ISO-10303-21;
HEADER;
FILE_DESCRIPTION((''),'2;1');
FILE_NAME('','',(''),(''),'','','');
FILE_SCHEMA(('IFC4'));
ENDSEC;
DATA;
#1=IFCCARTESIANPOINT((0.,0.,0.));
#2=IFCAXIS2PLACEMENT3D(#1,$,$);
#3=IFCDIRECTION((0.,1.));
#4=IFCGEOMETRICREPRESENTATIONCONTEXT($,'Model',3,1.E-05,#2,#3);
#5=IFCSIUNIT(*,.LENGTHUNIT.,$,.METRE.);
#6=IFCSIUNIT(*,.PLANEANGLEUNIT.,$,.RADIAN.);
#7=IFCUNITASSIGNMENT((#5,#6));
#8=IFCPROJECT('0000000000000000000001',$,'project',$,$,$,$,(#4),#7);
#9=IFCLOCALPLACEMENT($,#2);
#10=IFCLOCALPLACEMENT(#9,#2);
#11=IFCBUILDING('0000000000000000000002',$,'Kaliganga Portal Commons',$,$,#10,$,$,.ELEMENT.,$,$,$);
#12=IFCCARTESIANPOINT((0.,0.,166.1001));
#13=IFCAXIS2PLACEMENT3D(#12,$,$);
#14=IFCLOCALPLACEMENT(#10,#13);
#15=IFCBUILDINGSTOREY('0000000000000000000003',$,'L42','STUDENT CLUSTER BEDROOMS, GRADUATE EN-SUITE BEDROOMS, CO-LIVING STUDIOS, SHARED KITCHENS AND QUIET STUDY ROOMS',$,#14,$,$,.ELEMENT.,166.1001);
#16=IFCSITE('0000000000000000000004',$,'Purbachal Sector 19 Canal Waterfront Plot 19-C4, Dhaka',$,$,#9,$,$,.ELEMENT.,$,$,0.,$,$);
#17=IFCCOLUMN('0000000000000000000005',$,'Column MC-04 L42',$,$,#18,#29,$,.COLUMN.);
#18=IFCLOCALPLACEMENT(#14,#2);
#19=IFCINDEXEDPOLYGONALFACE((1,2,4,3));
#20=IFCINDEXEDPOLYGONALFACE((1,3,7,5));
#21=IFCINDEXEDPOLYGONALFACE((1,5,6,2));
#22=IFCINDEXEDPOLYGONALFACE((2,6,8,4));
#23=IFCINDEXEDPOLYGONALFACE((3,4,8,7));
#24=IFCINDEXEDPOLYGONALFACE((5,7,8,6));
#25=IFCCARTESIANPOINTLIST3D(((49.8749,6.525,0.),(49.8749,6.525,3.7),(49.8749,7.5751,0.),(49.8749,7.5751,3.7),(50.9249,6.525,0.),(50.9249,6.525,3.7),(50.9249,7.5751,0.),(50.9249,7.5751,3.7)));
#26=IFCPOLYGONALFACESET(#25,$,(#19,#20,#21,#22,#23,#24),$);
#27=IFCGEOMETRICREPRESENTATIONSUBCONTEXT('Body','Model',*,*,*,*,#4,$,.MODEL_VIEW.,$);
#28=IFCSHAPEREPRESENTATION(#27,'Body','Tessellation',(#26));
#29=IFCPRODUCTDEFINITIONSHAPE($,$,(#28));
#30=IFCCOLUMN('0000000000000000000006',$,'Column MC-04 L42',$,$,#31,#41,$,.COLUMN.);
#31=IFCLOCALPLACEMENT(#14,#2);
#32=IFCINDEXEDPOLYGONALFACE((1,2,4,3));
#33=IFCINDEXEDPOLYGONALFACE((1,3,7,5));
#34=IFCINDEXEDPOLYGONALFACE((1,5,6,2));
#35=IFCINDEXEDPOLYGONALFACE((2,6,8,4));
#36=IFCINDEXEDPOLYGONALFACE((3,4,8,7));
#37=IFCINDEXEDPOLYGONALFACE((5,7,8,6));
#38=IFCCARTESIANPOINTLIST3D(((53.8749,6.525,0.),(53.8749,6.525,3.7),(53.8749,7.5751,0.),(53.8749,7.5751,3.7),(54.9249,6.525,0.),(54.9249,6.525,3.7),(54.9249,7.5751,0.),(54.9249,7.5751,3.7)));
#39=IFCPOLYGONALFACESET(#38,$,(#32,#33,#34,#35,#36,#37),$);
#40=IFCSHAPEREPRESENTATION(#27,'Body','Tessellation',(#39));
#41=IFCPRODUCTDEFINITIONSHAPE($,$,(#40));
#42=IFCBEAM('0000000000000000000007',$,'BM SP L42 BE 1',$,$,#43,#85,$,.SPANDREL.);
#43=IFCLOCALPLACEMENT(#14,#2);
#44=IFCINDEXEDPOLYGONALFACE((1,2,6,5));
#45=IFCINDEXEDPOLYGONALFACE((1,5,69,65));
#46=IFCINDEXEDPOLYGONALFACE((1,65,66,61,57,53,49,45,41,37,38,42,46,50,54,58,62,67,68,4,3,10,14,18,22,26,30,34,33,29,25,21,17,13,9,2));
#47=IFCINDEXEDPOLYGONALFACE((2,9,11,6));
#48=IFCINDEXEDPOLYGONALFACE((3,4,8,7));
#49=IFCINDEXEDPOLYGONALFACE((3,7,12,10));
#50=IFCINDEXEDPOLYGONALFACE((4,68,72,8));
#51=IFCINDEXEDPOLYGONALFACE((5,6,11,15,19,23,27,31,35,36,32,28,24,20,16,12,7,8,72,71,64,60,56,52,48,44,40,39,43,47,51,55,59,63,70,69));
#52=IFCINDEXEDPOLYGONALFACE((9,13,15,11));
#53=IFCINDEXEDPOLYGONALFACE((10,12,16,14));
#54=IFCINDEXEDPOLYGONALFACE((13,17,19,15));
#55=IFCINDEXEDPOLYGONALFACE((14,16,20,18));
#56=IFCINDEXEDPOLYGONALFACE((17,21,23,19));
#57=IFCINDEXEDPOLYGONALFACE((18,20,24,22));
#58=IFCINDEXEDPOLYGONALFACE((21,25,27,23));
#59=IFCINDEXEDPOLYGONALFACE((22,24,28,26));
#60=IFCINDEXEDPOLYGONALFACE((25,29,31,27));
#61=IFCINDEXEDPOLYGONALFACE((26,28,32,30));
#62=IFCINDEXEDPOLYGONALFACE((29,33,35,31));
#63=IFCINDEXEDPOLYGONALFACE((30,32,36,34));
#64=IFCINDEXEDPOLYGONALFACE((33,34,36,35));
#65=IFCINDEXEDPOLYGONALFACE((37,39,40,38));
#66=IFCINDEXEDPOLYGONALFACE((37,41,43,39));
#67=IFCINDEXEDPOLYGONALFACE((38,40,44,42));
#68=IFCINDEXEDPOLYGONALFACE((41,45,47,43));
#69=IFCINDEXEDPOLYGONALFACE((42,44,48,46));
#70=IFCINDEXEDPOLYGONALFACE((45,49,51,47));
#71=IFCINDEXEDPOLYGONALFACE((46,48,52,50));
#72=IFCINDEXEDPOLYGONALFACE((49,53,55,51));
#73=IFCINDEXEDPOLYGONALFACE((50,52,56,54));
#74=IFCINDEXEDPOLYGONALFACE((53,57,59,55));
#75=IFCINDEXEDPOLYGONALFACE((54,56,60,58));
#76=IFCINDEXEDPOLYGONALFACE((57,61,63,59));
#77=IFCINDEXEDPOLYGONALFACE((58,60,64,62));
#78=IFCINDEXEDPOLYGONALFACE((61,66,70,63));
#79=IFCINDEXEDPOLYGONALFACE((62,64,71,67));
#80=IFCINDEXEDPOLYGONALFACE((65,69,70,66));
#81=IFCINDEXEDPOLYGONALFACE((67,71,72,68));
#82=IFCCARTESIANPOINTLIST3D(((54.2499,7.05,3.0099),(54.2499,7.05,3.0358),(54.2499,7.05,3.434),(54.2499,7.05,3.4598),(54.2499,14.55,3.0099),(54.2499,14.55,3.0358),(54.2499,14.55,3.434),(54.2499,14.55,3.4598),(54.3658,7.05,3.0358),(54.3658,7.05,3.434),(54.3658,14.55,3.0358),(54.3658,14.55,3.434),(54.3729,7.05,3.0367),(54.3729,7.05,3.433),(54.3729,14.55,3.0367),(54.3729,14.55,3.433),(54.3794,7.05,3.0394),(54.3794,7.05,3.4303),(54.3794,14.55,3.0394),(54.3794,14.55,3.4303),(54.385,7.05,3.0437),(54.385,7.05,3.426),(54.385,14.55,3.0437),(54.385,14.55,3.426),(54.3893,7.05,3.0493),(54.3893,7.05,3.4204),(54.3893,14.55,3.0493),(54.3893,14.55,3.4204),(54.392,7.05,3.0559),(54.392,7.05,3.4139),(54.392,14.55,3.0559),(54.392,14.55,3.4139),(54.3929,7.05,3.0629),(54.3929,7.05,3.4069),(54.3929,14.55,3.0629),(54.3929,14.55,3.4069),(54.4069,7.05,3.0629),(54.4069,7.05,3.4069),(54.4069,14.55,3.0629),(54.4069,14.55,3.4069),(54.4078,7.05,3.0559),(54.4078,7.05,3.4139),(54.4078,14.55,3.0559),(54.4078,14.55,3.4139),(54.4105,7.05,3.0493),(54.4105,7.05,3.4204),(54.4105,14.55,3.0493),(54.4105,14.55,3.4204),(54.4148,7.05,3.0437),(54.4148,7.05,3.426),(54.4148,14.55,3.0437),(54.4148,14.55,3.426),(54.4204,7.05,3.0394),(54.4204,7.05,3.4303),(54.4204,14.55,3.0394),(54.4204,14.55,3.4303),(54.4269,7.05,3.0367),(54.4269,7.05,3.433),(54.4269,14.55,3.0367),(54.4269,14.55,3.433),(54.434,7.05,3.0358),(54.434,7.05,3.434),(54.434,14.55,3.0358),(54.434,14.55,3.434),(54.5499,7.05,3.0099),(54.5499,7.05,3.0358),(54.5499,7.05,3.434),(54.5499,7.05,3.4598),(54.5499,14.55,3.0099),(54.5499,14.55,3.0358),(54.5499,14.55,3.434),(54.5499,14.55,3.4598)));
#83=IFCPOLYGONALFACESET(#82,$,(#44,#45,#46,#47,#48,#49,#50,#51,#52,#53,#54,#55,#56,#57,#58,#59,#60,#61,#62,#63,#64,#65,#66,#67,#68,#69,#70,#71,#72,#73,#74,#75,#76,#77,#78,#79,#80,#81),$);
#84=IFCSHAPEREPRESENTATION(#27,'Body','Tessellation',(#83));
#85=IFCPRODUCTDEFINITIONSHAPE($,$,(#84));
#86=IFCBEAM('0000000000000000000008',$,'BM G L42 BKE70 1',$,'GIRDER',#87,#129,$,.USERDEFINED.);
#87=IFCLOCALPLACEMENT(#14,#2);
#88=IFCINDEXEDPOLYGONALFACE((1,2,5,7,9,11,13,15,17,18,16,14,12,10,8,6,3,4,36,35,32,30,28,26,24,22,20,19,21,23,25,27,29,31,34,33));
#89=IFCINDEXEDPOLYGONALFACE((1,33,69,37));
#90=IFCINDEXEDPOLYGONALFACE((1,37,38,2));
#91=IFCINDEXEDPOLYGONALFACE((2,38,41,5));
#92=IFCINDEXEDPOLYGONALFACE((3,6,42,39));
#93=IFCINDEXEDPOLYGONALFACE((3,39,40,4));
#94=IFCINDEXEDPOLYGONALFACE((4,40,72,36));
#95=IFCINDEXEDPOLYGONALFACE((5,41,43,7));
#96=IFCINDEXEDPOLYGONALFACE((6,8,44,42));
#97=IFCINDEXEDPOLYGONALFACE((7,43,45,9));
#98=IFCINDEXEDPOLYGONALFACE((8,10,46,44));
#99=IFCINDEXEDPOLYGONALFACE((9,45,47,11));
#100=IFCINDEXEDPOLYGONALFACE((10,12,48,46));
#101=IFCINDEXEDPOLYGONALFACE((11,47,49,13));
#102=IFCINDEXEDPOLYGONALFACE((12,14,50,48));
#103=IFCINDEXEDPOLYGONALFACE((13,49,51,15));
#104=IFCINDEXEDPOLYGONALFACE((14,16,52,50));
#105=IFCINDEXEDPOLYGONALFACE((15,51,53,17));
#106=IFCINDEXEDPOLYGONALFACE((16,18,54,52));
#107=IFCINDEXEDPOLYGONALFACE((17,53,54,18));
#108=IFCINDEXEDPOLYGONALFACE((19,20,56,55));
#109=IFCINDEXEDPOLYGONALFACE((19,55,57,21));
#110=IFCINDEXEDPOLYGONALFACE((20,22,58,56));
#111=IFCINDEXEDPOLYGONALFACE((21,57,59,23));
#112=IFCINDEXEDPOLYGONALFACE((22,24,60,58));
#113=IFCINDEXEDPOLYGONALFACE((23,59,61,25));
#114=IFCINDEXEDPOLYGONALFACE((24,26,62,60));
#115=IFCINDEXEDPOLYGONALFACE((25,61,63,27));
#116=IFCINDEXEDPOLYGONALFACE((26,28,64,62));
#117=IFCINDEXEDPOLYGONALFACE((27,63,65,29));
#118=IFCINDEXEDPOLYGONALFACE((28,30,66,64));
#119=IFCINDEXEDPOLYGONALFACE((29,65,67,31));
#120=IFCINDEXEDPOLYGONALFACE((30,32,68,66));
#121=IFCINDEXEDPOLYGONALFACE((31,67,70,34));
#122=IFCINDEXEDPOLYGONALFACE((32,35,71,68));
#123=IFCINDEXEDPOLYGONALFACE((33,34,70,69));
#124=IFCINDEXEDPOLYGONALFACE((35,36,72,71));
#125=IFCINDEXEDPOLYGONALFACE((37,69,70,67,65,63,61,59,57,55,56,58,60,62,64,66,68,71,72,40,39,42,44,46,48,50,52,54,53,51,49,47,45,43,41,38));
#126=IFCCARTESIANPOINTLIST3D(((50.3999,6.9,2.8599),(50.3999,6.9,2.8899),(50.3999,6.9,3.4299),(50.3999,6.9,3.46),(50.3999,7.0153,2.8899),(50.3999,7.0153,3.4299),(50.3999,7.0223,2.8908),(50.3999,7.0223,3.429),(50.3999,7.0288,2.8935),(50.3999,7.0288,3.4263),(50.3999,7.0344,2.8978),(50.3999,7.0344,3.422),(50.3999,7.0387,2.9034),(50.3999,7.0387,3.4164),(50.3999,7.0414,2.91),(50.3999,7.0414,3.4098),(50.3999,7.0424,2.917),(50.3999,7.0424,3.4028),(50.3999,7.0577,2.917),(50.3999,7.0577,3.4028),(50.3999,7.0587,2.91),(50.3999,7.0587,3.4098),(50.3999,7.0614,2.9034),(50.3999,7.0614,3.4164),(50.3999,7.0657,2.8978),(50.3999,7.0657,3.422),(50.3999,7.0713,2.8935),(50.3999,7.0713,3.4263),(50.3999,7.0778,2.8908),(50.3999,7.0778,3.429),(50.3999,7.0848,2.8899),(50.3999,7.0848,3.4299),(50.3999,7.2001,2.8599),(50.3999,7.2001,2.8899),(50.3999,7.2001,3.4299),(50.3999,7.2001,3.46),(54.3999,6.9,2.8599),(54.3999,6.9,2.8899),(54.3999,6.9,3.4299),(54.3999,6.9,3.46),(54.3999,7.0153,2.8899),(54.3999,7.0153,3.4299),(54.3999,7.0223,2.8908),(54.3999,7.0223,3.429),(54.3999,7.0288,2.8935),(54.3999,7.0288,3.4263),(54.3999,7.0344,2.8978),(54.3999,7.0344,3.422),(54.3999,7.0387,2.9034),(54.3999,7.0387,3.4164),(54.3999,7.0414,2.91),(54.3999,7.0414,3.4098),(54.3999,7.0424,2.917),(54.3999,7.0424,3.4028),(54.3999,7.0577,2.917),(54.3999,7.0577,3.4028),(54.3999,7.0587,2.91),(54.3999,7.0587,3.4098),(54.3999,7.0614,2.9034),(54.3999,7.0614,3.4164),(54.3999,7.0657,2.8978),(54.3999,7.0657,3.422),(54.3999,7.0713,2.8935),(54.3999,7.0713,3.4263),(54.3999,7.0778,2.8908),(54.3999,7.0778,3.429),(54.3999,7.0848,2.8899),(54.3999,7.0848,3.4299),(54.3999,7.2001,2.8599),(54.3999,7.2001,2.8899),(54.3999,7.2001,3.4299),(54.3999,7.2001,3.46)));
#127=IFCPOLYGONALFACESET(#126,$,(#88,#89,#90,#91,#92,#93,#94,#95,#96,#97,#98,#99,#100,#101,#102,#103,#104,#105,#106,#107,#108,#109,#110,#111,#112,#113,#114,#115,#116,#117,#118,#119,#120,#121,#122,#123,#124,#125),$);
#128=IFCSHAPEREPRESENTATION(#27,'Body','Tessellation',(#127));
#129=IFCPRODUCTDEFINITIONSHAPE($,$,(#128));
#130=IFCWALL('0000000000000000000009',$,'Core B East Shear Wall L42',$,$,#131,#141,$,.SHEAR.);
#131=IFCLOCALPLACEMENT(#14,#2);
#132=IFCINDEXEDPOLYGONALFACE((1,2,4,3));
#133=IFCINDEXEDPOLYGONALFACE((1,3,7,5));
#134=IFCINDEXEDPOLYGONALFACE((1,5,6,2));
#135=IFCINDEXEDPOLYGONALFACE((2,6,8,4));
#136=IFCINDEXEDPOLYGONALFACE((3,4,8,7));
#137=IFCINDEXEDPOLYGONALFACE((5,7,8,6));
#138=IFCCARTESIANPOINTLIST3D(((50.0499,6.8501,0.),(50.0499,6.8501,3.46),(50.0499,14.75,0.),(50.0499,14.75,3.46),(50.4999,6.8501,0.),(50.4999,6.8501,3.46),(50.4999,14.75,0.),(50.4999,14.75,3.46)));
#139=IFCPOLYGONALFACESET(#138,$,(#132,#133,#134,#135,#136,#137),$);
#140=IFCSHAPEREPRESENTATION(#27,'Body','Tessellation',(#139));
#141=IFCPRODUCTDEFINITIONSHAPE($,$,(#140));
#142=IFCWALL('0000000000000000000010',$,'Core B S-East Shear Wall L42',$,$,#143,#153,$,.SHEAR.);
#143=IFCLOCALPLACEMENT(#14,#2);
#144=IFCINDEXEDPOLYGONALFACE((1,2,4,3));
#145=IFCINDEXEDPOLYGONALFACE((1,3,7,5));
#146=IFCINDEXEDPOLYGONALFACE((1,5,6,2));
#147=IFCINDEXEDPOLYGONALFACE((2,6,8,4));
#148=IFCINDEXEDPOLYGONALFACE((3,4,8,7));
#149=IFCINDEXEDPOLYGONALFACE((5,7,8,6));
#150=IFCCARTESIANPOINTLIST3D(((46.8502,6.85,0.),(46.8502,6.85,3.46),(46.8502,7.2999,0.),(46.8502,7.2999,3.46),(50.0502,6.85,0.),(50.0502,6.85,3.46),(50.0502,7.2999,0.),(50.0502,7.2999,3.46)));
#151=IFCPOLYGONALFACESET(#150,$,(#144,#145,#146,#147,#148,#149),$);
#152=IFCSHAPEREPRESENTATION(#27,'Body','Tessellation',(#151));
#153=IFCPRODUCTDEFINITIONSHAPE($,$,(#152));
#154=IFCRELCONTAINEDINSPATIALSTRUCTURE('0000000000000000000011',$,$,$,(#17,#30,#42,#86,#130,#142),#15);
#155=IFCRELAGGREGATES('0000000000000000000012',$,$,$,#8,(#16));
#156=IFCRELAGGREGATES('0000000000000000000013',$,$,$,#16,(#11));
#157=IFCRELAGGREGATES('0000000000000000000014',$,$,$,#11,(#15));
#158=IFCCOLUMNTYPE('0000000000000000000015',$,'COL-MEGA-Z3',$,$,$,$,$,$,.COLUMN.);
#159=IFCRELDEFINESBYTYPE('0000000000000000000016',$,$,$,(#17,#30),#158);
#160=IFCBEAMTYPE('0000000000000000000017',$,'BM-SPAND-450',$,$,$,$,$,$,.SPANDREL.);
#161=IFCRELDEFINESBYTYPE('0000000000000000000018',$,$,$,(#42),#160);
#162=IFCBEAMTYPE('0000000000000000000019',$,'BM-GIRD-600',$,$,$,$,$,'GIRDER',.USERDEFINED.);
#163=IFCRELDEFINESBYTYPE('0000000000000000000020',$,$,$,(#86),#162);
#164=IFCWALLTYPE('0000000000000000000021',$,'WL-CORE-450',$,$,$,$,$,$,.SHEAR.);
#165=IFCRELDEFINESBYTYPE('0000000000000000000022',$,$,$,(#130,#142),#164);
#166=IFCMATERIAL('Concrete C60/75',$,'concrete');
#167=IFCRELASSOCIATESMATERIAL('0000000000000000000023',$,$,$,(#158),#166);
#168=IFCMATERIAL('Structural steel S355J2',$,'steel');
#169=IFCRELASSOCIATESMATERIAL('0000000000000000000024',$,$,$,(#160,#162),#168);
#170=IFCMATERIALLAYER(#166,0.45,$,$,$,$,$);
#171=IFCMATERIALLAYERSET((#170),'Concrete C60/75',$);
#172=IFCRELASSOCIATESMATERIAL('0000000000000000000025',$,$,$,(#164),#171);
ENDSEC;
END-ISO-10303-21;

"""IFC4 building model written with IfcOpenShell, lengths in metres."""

from ifc_helpers import new_model, si_unit, direction, frame, frame_2d, origin, origin_2d, place, context, subcontext, project, spatial, rectangle, i_section, extrude, source, transform, mapped, material, layer, layer_set, material_profile, profile_set, type_object, element, save


model = new_model("IFC4")

# Units and contexts
model_context = context("Model", 3, precision=1e-05, world=origin(), true_north=direction((0.0, 1.0)))
body_context = subcontext(model_context, "Body", "Model", "MODEL_VIEW")
ifc_project = project(units=[si_unit("LENGTHUNIT", "METRE"), si_unit("PLANEANGLEUNIT", "RADIAN")], contexts=[model_context])

# Site, building, storey
site_placement = place(None, origin())
site = spatial("IfcSite", under=ifc_project, at=site_placement, Name="Purbachal Sector 19 Canal Waterfront Plot 19-C4, Dhaka", CompositionType="ELEMENT", RefElevation=0.0)
building_placement = place(site_placement, origin())
building = spatial("IfcBuilding", under=site, at=building_placement, Name="Kaliganga Portal Commons", CompositionType="ELEMENT")
storey_placement = place(building_placement, frame((0.0, 0.0, 166.1001)))
storey = spatial("IfcBuildingStorey", under=building, at=storey_placement, Name="L42", Description="STUDENT CLUSTER BEDROOMS, GRADUATE EN-SUITE BEDROOMS, CO-LIVING STUDIOS, SHARED KITCHENS AND QUIET STUDY ROOMS", CompositionType="ELEMENT", Elevation=166.1001)

# Columns
ifc_material_1 = material(Name="Concrete C60/75", Category="concrete")
ifc_material_profile_1 = material_profile(ifc_material_1, rectangle(XDim=1.05, YDim=1.05, at=origin_2d()), Name="RC 1050x1050")
ifc_profile_set_1 = profile_set([ifc_material_profile_1], Name="Concrete C60/75")
column_type = type_object("IfcColumnType", Name="COL-MEGA-Z3", PredefinedType="COLUMN", material=ifc_profile_set_1)
shared_shape_1 = source(origin(), body_context, "Body", "SweptSolid", [
    extrude(rectangle(XDim=1.05, YDim=1.05, at=origin_2d()), origin(), (0.0, 0.0, 1.0), 3.7),
])
for number, where, z_axis, x_axis, name in (
    (1, (50.3999, 7.05, 0.0), (0.0, 0.0, 1.0), (1.0, 0.0, 0.0), "Column MC-04 L42"),
    (2, (54.3999, 7.05, 0.0), (0.0, 0.0, 1.0), (1.0, 0.0, 0.0), "Column MC-04 L42"),
):
    element("IfcColumn", number, at=place(storey_placement, frame(where, z_axis=z_axis, x_axis=x_axis)), inside=storey, type_object=column_type, Name=name, PredefinedType="COLUMN", context=body_context, shape_type="MappedRepresentation", body=[
        mapped(shared_shape_1, transform((0.0, 0.0, 0.0), x_axis=(1.0, 0.0, 0.0), y_axis=(0.0, 1.0, 0.0), z_axis=(0.0, 0.0, 1.0), scale=1.0)),
    ])

# Beams
ifc_material_2 = material(Name="Structural steel S355J2", Category="steel")
ifc_material_profile_2 = material_profile(ifc_material_2, i_section(OverallWidth=0.3, OverallDepth=0.45, WebThickness=0.0139, FlangeThickness=0.0259, FilletRadius=0.0271, at=origin_2d()), Name="HE 450 B")
ifc_profile_set_2 = profile_set([ifc_material_profile_2], Name="Structural steel S355J2 wide-flange")
beam_type_1 = type_object("IfcBeamType", Name="BM-SPAND-450", PredefinedType="SPANDREL", material=ifc_profile_set_2)
shared_shape_2 = source(origin(), body_context, "Body", "SweptSolid", [
    extrude(i_section(OverallWidth=0.3, OverallDepth=0.45, WebThickness=0.0139, FlangeThickness=0.0259, FilletRadius=0.0271, at=origin_2d()), origin(), (0.0, 0.0, 1.0), 7.5),
])
beam_1_placement = place(storey_placement, frame((54.3999, 7.05, 3.2349), z_axis=(0.0, 1.0, 0.0), x_axis=(-1.0, 0.0, 0.0)))
element("IfcBeam", 3, at=beam_1_placement, inside=storey, type_object=beam_type_1, Name="BM SP L42 BE 1", PredefinedType="SPANDREL", context=body_context, shape_type="MappedRepresentation", body=[
    mapped(shared_shape_2, transform((0.0, 0.0, 0.0), x_axis=(1.0, 0.0, 0.0), y_axis=(0.0, 1.0, 0.0), z_axis=(0.0, 0.0, 1.0), scale=1.0)),
])
ifc_material_profile_3 = material_profile(ifc_material_2, i_section(OverallWidth=0.3, OverallDepth=0.6001, WebThickness=0.0154, FlangeThickness=0.03, FilletRadius=0.0271, at=origin_2d()), Name="HE 600 B")
ifc_profile_set_3 = profile_set([ifc_material_profile_3], Name="Structural steel S355J2 wide-flange")
beam_type_2 = type_object("IfcBeamType", Name="BM-GIRD-600", ElementType="GIRDER", PredefinedType="USERDEFINED", material=ifc_profile_set_3)
shared_shape_3 = source(origin(), body_context, "Body", "SweptSolid", [
    extrude(i_section(OverallWidth=0.3, OverallDepth=0.6001, WebThickness=0.0154, FlangeThickness=0.03, FilletRadius=0.0271, at=origin_2d()), origin(), (0.0, 0.0, 1.0), 4.0),
])
beam_2_placement = place(storey_placement, frame((50.3999, 7.05, 3.1599), z_axis=(1.0, 0.0, 0.0), x_axis=(0.0, 1.0, 0.0)))
element("IfcBeam", 4, at=beam_2_placement, inside=storey, type_object=beam_type_2, Name="BM G L42 BKE70 1", ObjectType="GIRDER", PredefinedType="USERDEFINED", context=body_context, shape_type="MappedRepresentation", body=[
    mapped(shared_shape_3, transform((0.0, 0.0, 0.0), x_axis=(1.0, 0.0, 0.0), y_axis=(0.0, 1.0, 0.0), z_axis=(0.0, 0.0, 1.0), scale=1.0)),
])

# Walls
ifc_layer_1 = layer(ifc_material_1, 0.45)
ifc_layer_set_1 = layer_set([ifc_layer_1], Name="Concrete C60/75")
wall_type_1 = type_object("IfcWallType", Name="WL-CORE-450", PredefinedType="SHEAR", material=ifc_layer_set_1)
wall_1_placement = place(storey_placement, frame((50.2749, 6.8501, 0.0), z_axis=(0.0, 0.0, 1.0), x_axis=(0.0, 1.0, 0.0)))
element("IfcWall", 5, at=wall_1_placement, inside=storey, type_object=wall_type_1, Name="Core B East Shear Wall L42", PredefinedType="SHEAR", context=body_context, shape_type="SweptSolid", body=[
    extrude(rectangle(XDim=7.8999, YDim=0.45, at=frame_2d((3.95, 0.0))), origin(), (0.0, 0.0, 1.0), 3.46),
])
wall_2_placement = place(storey_placement, frame((46.8501, 7.075, 0.0), z_axis=(0.0, 0.0, 1.0), x_axis=(1.0, 0.0, 0.0)))
element("IfcWall", 6, at=wall_2_placement, inside=storey, type_object=wall_type_1, Name="Core B S-East Shear Wall L42", PredefinedType="SHEAR", context=body_context, shape_type="SweptSolid", body=[
    extrude(rectangle(XDim=3.2, YDim=0.45, at=frame_2d((1.6001, 0.0))), origin(), (0.0, 0.0, 1.0), 3.46),
])

save(model, "model.ifc")
